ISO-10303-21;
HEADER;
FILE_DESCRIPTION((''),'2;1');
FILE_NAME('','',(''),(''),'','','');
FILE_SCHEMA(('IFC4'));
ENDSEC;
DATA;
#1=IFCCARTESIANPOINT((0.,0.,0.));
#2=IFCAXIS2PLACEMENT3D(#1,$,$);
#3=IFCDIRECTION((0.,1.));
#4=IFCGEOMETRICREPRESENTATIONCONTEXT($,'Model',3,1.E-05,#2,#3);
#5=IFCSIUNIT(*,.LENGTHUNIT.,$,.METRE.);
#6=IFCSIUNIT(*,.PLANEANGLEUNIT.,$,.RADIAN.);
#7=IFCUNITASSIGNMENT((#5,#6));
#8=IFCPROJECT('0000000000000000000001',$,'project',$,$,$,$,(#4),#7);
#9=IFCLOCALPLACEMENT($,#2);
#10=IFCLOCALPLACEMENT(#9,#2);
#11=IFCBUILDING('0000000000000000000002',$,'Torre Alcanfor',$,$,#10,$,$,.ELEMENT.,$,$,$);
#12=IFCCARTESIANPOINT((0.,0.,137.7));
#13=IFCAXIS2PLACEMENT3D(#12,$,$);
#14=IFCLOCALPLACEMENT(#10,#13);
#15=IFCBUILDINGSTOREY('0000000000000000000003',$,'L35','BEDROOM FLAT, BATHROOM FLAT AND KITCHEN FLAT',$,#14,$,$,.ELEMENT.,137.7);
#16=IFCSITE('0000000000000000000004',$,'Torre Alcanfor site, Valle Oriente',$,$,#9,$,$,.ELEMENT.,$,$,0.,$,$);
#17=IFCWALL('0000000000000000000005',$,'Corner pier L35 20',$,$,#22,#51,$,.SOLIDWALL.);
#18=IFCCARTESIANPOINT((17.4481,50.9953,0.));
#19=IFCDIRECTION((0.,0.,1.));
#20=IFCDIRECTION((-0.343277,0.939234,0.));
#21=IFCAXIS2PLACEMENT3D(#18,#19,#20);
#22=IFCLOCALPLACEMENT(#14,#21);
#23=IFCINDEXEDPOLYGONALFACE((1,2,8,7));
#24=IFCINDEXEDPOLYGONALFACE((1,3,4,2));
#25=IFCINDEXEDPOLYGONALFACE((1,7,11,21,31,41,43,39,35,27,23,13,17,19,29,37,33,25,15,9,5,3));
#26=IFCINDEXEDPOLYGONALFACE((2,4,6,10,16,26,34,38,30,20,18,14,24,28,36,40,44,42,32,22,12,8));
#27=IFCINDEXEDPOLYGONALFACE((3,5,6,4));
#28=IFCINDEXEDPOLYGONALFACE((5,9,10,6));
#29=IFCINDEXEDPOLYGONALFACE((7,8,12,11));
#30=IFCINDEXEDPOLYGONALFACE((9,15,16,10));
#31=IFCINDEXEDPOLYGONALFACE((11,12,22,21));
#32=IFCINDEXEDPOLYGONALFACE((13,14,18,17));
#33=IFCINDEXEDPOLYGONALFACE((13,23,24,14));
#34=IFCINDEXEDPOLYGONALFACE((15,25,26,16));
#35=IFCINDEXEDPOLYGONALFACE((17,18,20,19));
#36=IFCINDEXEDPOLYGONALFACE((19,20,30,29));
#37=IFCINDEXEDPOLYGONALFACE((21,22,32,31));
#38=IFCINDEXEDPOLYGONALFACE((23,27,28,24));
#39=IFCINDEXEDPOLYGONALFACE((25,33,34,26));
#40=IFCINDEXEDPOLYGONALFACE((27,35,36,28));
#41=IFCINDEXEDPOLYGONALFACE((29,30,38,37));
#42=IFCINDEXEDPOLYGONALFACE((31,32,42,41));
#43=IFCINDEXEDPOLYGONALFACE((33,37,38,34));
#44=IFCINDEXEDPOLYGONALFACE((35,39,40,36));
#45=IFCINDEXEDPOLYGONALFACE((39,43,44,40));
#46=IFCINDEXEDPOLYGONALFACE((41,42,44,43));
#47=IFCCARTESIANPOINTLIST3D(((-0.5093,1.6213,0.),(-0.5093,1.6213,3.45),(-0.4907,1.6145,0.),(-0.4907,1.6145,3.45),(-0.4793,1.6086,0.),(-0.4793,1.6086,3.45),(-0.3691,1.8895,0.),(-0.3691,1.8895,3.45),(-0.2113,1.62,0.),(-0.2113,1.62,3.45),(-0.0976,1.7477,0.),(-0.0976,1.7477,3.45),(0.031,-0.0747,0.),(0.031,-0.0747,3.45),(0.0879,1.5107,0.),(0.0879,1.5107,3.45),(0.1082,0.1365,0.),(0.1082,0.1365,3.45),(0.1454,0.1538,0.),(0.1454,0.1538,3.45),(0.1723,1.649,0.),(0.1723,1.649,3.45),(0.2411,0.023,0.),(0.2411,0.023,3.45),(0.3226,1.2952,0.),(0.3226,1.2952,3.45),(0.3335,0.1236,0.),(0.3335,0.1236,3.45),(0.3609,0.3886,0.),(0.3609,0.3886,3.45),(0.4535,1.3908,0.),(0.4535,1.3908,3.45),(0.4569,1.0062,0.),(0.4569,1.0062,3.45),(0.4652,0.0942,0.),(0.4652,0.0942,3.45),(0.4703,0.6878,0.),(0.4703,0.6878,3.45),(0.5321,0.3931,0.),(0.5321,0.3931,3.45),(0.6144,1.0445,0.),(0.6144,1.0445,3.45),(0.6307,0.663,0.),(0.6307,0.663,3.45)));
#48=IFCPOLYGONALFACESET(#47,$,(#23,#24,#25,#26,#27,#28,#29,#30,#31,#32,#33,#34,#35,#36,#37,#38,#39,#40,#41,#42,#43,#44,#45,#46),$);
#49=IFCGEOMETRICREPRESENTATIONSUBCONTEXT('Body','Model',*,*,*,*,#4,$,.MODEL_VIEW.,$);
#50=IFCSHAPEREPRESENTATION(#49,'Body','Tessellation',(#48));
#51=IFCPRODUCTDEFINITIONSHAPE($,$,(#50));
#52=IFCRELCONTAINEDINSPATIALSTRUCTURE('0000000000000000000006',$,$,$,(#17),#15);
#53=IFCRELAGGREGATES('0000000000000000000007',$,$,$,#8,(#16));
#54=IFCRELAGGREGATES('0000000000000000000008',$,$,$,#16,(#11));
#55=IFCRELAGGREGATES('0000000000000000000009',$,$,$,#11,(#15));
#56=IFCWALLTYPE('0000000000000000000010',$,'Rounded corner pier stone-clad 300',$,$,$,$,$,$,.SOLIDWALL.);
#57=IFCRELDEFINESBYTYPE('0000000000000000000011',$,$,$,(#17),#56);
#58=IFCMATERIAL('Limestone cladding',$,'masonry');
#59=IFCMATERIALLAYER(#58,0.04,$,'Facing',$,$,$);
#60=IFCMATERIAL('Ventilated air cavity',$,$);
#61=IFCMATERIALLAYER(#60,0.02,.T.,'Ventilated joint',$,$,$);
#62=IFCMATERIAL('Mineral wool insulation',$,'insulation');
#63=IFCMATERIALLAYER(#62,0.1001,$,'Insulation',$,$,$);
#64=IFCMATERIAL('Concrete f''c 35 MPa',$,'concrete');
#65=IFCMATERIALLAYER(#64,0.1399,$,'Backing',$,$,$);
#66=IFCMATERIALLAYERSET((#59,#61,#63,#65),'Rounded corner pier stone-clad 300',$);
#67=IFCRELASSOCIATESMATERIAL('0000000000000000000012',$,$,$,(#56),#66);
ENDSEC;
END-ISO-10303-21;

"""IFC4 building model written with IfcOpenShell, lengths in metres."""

from ifc_helpers import new_model, si_unit, direction, frame, origin, place, context, subcontext, project, spatial, polyline, outline, extrude, material, layer, layer_set, type_object, element, save


model = new_model("IFC4")

# Units and contexts
model_context = context("Model", 3, precision=1e-05, world=origin(), true_north=direction((0.0, 1.0)))
body_context = subcontext(model_context, "Body", "Model", "MODEL_VIEW")
ifc_project = project(units=[si_unit("LENGTHUNIT", "METRE"), si_unit("PLANEANGLEUNIT", "RADIAN")], contexts=[model_context])

# Site, building, storey
site_placement = place(None, origin())
site = spatial("IfcSite", under=ifc_project, at=site_placement, Name="Torre Alcanfor site, Valle Oriente", CompositionType="ELEMENT", RefElevation=0.0)
building_placement = place(site_placement, origin())
building = spatial("IfcBuilding", under=site, at=building_placement, Name="Torre Alcanfor", CompositionType="ELEMENT")
storey_placement = place(building_placement, frame((0.0, 0.0, 137.7)))
storey = spatial("IfcBuildingStorey", under=building, at=storey_placement, Name="L35", Description="BEDROOM FLAT, BATHROOM FLAT AND KITCHEN FLAT", CompositionType="ELEMENT", Elevation=137.7)

# Shared definitions
ifc_material_1 = material(Name="Limestone cladding", Category="masonry")
ifc_material_2 = material(Name="Ventilated air cavity")
ifc_material_3 = material(Name="Mineral wool insulation", Category="insulation")
ifc_material_4 = material(Name="Concrete f'c 35 MPa", Category="concrete")

# Wall
ifc_layer_1 = layer(ifc_material_1, 0.04, Name="Facing")
ifc_layer_2 = layer(ifc_material_2, 0.02, ventilated=True, Name="Ventilated joint")
ifc_layer_3 = layer(ifc_material_3, 0.1001, Name="Insulation")
ifc_layer_4 = layer(ifc_material_4, 0.1399, Name="Backing")
ifc_layer_set_1 = layer_set([ifc_layer_1, ifc_layer_2, ifc_layer_3, ifc_layer_4], Name="Rounded corner pier stone-clad 300")
wall_type_1 = type_object("IfcWallType", Name="Rounded corner pier stone-clad 300", PredefinedType="SOLIDWALL", material=ifc_layer_set_1)
wall_1_placement = place(storey_placement, frame((17.4481, 50.9953, 0.0), z_axis=(0.0, 0.0, 1.0), x_axis=(-0.343277, 0.939234, 0.0)))
element("IfcWall", 1, at=wall_1_placement, inside=storey, type_object=wall_type_1, Name="Corner pier L35 20", PredefinedType="SOLIDWALL", context=body_context, shape_type="SweptSolid", body=[
    extrude(outline(polyline([(0.2411, 0.023), (0.3335, 0.1236), (0.4652, 0.0942), (0.5321, 0.3931), (0.6307, 0.663), (0.6144, 1.0445), (0.4535, 1.3908), (0.1723, 1.649), (-0.0976, 1.7477), (-0.3691, 1.8895), (-0.5093, 1.6213), (-0.4907, 1.6145), (-0.4793, 1.6086), (-0.2113, 1.62), (0.0879, 1.5107), (0.3226, 1.2952), (0.4569, 1.0062), (0.4703, 0.6878), (0.3609, 0.3886), (0.1454, 0.1538), (0.1082, 0.1365), (0.031, -0.0747), (0.2411, 0.023)])), origin(), (0.0, 0.0, 1.0), 3.45),
])

save(model, "model.ifc")
